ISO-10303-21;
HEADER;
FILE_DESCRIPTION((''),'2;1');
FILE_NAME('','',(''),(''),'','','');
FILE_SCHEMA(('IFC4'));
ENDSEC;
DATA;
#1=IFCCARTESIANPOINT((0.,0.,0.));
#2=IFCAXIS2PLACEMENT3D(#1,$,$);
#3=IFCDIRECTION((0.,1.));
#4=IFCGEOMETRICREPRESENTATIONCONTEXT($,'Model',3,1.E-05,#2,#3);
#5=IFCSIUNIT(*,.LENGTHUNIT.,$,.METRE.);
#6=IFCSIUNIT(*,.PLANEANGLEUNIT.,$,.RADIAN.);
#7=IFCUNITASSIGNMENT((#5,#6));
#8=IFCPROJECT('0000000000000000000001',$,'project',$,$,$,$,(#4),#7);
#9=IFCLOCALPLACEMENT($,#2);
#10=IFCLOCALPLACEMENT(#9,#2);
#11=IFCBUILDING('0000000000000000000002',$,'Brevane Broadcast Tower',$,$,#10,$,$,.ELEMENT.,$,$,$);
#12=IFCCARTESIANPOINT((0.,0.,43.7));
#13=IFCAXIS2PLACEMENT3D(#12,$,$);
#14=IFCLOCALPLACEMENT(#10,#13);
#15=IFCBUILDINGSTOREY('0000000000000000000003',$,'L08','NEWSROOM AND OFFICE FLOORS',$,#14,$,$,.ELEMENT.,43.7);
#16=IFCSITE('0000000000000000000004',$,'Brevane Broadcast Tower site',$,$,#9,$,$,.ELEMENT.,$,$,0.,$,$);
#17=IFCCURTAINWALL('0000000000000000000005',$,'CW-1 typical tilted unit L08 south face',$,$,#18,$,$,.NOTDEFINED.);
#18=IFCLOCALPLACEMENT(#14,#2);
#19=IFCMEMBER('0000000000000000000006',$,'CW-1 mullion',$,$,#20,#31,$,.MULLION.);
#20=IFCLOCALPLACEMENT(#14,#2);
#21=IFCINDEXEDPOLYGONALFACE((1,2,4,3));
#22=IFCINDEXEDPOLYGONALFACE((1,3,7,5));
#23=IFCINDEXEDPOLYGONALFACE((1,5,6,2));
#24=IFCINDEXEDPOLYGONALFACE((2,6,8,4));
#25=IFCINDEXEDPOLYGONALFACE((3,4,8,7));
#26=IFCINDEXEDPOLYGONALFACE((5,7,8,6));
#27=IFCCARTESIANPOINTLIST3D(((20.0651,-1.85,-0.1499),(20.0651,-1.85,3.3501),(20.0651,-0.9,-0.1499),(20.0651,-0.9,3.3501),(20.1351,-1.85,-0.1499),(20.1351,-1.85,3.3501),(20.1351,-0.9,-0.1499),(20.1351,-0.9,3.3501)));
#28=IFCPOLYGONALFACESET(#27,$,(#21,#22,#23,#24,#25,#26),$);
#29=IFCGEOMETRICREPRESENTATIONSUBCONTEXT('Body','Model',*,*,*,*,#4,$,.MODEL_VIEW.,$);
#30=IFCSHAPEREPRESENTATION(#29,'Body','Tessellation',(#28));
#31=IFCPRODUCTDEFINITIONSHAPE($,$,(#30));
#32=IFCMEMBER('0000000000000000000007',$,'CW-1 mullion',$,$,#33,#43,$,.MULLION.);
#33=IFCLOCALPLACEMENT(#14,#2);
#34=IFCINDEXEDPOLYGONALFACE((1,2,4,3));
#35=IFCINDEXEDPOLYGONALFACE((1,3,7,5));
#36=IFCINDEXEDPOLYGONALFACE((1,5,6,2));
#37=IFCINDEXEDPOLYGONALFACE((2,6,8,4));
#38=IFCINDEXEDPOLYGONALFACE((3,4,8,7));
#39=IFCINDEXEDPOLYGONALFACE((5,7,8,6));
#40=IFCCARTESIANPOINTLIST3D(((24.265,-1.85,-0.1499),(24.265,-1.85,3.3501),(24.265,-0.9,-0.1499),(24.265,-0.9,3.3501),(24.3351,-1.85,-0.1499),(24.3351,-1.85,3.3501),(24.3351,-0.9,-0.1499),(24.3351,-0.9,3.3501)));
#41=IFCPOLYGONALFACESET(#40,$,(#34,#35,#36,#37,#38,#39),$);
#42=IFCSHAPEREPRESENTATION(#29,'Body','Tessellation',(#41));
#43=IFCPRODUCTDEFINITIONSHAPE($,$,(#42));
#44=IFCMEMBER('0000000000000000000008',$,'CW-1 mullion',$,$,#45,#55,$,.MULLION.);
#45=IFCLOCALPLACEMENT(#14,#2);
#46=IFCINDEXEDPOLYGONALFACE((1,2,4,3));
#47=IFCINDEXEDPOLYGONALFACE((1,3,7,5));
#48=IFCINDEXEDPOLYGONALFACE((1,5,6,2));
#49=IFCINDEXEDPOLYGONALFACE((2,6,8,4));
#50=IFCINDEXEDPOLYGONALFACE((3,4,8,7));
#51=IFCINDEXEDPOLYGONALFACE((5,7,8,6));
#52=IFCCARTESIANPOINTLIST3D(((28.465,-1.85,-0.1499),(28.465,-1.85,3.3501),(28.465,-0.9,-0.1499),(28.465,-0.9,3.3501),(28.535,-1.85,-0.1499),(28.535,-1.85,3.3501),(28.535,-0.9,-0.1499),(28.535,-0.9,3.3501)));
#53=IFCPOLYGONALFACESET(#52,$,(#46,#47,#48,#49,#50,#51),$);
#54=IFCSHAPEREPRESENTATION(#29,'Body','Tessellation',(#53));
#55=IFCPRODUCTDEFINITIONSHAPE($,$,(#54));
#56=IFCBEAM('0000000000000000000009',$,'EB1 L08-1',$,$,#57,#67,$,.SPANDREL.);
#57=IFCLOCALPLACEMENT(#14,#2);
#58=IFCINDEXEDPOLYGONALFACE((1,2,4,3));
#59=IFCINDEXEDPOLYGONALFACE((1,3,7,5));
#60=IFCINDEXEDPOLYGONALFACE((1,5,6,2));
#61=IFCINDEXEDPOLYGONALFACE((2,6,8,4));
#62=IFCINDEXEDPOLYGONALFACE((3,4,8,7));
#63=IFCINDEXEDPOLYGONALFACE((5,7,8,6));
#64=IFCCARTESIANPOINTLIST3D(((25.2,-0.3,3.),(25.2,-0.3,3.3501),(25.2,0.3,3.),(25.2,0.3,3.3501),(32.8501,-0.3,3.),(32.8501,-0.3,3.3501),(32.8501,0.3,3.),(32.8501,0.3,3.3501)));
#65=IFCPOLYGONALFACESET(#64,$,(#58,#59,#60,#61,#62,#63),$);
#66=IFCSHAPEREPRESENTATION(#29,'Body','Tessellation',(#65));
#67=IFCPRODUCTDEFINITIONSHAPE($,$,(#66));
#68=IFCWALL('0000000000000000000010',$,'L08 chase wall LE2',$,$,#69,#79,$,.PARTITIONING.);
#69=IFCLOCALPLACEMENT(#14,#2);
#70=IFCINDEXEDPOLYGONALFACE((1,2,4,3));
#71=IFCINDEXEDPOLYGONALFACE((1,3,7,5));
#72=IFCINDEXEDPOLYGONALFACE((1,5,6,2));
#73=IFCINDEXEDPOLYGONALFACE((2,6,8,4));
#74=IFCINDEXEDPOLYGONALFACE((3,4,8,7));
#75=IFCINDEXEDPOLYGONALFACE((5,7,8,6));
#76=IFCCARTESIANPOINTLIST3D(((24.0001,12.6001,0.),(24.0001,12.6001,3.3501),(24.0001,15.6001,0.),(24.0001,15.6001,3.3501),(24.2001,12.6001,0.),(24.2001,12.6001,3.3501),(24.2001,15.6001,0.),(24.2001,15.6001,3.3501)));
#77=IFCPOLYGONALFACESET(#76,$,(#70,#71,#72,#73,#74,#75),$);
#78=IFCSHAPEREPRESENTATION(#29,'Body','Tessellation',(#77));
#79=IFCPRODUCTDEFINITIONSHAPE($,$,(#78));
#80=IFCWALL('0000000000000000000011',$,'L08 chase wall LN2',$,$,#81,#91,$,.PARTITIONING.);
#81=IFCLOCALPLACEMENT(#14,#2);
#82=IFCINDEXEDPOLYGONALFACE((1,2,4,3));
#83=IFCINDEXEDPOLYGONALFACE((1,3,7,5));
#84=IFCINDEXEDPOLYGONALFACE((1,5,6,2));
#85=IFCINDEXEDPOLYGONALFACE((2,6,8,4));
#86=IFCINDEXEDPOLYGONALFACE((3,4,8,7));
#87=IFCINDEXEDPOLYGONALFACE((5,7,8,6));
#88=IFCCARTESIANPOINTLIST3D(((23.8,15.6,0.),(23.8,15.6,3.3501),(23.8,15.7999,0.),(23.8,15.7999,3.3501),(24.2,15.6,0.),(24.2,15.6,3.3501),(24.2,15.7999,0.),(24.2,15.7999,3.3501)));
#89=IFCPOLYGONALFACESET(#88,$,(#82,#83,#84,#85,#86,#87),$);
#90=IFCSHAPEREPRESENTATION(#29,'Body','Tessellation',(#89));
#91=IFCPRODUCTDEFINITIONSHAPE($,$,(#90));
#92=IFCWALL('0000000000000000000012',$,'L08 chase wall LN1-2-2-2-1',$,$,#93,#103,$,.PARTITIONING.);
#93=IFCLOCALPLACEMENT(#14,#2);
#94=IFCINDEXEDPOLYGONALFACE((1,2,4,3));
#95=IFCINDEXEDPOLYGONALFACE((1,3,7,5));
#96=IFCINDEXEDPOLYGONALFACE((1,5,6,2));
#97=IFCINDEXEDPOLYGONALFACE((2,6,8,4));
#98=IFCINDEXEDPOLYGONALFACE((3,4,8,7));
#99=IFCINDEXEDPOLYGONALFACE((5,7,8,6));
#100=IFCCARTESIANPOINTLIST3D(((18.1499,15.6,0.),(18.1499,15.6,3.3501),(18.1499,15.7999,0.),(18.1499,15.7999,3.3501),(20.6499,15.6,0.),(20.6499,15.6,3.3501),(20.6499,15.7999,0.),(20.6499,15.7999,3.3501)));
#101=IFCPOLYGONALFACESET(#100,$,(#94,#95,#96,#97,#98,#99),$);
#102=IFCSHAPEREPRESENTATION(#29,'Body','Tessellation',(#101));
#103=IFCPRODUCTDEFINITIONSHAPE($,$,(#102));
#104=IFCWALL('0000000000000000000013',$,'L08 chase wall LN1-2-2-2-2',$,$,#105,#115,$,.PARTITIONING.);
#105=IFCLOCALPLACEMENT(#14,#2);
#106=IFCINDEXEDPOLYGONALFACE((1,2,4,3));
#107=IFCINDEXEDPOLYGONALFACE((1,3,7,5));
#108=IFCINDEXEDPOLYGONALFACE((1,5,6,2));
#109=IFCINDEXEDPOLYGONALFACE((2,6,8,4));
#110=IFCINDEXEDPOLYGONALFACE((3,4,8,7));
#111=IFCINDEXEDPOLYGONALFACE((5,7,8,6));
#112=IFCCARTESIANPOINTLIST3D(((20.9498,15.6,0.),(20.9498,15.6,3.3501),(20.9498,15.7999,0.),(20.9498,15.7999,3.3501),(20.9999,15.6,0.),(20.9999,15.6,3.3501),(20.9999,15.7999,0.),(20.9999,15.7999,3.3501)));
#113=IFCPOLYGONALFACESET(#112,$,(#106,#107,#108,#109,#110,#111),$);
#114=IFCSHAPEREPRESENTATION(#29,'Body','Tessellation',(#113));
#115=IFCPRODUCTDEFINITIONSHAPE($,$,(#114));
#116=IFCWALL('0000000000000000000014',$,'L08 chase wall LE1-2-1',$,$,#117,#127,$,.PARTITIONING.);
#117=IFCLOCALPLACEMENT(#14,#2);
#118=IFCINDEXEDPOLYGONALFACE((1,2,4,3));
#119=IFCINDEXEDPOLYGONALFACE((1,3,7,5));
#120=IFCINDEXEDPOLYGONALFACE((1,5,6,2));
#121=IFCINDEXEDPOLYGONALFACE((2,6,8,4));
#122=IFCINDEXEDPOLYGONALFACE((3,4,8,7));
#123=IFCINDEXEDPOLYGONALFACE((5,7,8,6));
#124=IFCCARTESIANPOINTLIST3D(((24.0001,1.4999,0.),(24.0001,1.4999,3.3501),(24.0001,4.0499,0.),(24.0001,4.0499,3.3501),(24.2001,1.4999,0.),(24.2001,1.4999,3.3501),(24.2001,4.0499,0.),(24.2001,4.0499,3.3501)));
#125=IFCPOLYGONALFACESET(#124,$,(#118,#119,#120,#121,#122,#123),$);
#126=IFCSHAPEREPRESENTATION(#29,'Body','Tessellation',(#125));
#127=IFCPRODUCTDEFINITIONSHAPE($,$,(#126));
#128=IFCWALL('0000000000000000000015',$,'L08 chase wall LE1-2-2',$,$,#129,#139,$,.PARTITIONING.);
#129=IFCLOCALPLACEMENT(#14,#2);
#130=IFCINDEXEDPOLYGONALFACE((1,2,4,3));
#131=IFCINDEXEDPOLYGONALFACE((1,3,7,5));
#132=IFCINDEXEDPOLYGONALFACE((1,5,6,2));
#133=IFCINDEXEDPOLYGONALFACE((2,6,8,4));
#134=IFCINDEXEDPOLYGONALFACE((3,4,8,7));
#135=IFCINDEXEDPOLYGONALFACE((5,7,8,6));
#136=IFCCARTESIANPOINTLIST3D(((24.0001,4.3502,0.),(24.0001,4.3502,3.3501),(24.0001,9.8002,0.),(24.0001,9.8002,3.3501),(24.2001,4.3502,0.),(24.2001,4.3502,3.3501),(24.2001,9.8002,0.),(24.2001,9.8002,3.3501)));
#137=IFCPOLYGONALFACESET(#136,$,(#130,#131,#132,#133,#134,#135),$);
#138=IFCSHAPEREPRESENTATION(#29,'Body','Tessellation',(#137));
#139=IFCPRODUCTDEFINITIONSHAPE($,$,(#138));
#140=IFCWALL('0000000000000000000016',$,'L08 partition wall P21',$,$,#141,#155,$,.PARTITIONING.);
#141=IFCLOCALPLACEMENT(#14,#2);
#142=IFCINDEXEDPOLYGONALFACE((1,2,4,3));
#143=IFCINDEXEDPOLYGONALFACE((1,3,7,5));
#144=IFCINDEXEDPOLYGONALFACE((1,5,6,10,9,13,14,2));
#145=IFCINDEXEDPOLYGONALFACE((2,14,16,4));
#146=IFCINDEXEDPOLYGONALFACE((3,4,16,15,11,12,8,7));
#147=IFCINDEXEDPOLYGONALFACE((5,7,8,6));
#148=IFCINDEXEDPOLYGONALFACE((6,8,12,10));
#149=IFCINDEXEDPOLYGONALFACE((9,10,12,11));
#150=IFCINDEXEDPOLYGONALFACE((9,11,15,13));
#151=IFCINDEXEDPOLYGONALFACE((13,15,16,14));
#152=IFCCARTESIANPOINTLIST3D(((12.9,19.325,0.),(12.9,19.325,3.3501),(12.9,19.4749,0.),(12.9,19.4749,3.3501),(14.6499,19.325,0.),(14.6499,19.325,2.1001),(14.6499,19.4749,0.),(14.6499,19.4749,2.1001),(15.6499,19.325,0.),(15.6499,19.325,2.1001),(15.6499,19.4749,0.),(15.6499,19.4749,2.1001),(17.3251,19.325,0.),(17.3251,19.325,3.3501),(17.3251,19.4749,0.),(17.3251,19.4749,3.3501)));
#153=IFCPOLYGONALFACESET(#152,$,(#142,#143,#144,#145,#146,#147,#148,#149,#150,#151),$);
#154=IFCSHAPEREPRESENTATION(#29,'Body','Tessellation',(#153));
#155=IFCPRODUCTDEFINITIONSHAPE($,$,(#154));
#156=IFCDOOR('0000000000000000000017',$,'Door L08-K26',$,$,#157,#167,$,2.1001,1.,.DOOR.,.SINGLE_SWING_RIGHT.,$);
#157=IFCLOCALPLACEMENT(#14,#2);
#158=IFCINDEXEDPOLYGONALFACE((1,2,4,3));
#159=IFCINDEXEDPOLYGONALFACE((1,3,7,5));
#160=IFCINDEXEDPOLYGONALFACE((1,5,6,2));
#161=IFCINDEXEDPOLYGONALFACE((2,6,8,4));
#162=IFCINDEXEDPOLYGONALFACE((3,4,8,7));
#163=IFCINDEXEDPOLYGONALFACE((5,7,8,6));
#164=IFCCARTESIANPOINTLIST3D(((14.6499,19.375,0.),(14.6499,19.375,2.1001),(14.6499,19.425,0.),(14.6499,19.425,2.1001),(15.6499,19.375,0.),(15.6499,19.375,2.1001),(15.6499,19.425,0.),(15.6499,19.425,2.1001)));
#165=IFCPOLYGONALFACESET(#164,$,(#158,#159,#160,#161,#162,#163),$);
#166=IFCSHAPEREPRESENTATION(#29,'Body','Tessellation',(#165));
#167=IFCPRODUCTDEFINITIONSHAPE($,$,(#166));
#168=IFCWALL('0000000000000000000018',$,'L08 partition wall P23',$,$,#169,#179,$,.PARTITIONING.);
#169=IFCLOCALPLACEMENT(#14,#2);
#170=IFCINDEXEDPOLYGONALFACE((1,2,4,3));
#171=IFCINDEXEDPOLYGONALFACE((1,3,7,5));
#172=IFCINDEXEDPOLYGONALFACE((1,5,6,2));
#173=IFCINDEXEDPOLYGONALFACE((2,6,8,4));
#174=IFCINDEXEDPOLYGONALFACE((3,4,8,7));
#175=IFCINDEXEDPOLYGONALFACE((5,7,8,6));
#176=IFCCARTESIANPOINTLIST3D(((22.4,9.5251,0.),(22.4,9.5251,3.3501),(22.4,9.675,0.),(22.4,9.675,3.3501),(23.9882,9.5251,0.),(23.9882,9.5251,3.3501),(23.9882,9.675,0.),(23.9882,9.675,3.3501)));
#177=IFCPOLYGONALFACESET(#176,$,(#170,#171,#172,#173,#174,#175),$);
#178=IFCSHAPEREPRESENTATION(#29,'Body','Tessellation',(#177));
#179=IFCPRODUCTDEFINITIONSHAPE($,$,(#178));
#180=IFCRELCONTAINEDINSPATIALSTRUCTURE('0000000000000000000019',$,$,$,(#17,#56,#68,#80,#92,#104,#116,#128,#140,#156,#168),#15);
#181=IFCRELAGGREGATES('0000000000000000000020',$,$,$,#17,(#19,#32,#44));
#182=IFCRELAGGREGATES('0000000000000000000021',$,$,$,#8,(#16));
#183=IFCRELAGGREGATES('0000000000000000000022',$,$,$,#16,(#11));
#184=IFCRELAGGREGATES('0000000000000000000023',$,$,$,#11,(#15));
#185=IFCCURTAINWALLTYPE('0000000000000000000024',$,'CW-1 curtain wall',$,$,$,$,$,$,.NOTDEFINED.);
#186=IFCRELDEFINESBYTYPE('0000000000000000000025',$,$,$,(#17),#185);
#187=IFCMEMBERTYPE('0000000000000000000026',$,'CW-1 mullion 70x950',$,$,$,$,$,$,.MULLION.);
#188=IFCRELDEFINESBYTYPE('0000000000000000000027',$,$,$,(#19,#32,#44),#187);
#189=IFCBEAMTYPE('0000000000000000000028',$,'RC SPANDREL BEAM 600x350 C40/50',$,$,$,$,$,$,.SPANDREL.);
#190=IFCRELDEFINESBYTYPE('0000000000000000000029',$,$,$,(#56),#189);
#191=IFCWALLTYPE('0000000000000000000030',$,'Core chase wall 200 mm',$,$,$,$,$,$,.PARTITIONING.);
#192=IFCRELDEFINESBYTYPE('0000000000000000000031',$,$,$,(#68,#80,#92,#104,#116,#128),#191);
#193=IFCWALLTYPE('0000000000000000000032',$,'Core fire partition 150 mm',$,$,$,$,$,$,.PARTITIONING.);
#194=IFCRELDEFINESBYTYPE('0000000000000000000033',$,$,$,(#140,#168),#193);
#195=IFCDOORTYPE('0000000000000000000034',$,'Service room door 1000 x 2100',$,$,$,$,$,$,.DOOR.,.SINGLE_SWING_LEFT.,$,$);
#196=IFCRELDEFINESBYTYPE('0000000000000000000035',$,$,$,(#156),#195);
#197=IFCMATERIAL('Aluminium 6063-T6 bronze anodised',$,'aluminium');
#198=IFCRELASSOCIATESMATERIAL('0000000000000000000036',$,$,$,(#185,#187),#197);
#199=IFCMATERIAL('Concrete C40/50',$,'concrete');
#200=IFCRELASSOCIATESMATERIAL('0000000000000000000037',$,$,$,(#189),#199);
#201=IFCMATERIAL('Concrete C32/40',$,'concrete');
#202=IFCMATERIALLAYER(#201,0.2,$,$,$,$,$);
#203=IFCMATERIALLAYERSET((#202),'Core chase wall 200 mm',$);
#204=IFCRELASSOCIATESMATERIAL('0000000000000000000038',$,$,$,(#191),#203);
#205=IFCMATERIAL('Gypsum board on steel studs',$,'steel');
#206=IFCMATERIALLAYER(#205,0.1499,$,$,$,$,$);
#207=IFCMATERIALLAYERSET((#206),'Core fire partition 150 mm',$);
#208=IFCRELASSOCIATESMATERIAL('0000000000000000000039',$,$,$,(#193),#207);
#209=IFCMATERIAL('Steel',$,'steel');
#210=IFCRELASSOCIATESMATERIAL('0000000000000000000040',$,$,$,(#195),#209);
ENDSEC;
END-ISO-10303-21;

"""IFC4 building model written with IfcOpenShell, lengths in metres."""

from ifc_helpers import new_model, si_unit, direction, frame, frame_2d, origin, origin_2d, place, context, subcontext, project, spatial, rectangle, extrude, material, layer, layer_set, material_profile, profile_set, type_object, element, fill, aggregate, save


model = new_model("IFC4")

# Units and contexts
model_context = context("Model", 3, precision=1e-05, world=origin(), true_north=direction((0.0, 1.0)))
body_context = subcontext(model_context, "Body", "Model", "MODEL_VIEW")
ifc_project = project(units=[si_unit("LENGTHUNIT", "METRE"), si_unit("PLANEANGLEUNIT", "RADIAN")], contexts=[model_context])

# Site, building, storey
site_placement = place(None, origin())
site = spatial("IfcSite", under=ifc_project, at=site_placement, Name="Brevane Broadcast Tower site", CompositionType="ELEMENT", RefElevation=0.0)
building_placement = place(site_placement, origin())
building = spatial("IfcBuilding", under=site, at=building_placement, Name="Brevane Broadcast Tower", CompositionType="ELEMENT")
storey_placement = place(building_placement, frame((0.0, 0.0, 43.7)))
storey = spatial("IfcBuildingStorey", under=building, at=storey_placement, Name="L08", Description="NEWSROOM AND OFFICE FLOORS", CompositionType="ELEMENT", Elevation=43.7)

# Curtain wall, members
ifc_material_1 = material(Name="Aluminium 6063-T6 bronze anodised", Category="aluminium")
curtain_wall_type = type_object("IfcCurtainWallType", Name="CW-1 curtain wall", PredefinedType="NOTDEFINED", material=ifc_material_1)
curtain_wall_placement = place(storey_placement, origin())
curtain_wall = element("IfcCurtainWall", 1, at=curtain_wall_placement, inside=storey, type_object=curtain_wall_type, Name="CW-1 typical tilted unit L08 south face", PredefinedType="NOTDEFINED")
ifc_material_profile_1 = material_profile(ifc_material_1, rectangle(XDim=0.95, YDim=0.0701, at=origin_2d()), Name="RECT 70x950")
ifc_profile_set_1 = profile_set([ifc_material_profile_1], Name="Aluminium 6063-T6 bronze anodised")
member_type = type_object("IfcMemberType", Name="CW-1 mullion 70x950", PredefinedType="MULLION", material=ifc_profile_set_1)
member_1_placement = place(storey_placement, frame((20.1001, -1.375, -0.1499), z_axis=(0.0, 0.0, 1.0), x_axis=(0.0, 1.0, 0.0)))
member_1 = element("IfcMember", 2, at=member_1_placement, type_object=member_type, Name="CW-1 mullion", PredefinedType="MULLION", context=body_context, shape_type="SweptSolid", body=[
    extrude(rectangle(XDim=0.95, YDim=0.0701, at=origin_2d()), origin(), (0.0, 0.0, 1.0), 3.5),
])
member_2_placement = place(storey_placement, frame((24.3, -1.375, -0.1499), z_axis=(0.0, 0.0, 1.0), x_axis=(0.0, 1.0, 0.0)))
member_2 = element("IfcMember", 3, at=member_2_placement, type_object=member_type, Name="CW-1 mullion", PredefinedType="MULLION", context=body_context, shape_type="SweptSolid", body=[
    extrude(rectangle(XDim=0.95, YDim=0.0701, at=origin_2d()), origin(), (0.0, 0.0, 1.0), 3.5),
])
member_3_placement = place(storey_placement, frame((28.5, -1.375, -0.1499), z_axis=(0.0, 0.0, 1.0), x_axis=(0.0, 1.0, 0.0)))
member_3 = element("IfcMember", 4, at=member_3_placement, type_object=member_type, Name="CW-1 mullion", PredefinedType="MULLION", context=body_context, shape_type="SweptSolid", body=[
    extrude(rectangle(XDim=0.95, YDim=0.0701, at=origin_2d()), origin(), (0.0, 0.0, 1.0), 3.5),
])
aggregate(curtain_wall, [member_1, member_2, member_3])

# Beam
ifc_material_2 = material(Name="Concrete C40/50", Category="concrete")
ifc_material_profile_2 = material_profile(ifc_material_2, rectangle(XDim=0.6001, YDim=0.3501, at=origin_2d()), Name="RC 600x350")
ifc_profile_set_2 = profile_set([ifc_material_profile_2], Name="Concrete C40/50")
beam_type = type_object("IfcBeamType", Name="RC SPANDREL BEAM 600x350 C40/50", PredefinedType="SPANDREL", material=ifc_profile_set_2)
beam_placement = place(storey_placement, frame((25.2, 0.0, 3.175), z_axis=(1.0, 0.0, 0.0), x_axis=(0.0, 1.0, 0.0)))
element("IfcBeam", 5, at=beam_placement, inside=storey, type_object=beam_type, Name="EB1 L08-1", PredefinedType="SPANDREL", context=body_context, shape_type="SweptSolid", body=[
    extrude(rectangle(XDim=0.6001, YDim=0.3501, at=origin_2d()), origin(), (0.0, 0.0, 1.0), 7.6501),
])

# Walls
ifc_material_3 = material(Name="Concrete C32/40", Category="concrete")
ifc_layer_1 = layer(ifc_material_3, 0.2)
ifc_layer_set_1 = layer_set([ifc_layer_1], Name="Core chase wall 200 mm")
wall_type_1 = type_object("IfcWallType", Name="Core chase wall 200 mm", PredefinedType="PARTITIONING", material=ifc_layer_set_1)
wall_1_placement = place(storey_placement, frame((24.1001, 12.6001, 0.0), z_axis=(0.0, 0.0, 1.0), x_axis=(0.0, 1.0, 0.0)))
element("IfcWall", 6, at=wall_1_placement, inside=storey, type_object=wall_type_1, Name="L08 chase wall LE2", PredefinedType="PARTITIONING", context=body_context, shape_type="SweptSolid", body=[
    extrude(rectangle(XDim=3.0, YDim=0.2, at=frame_2d((1.5, 0.0))), origin(), (0.0, 0.0, 1.0), 3.3501),
])
wall_2_placement = place(storey_placement, frame((23.8, 15.7, 0.0), z_axis=(0.0, 0.0, 1.0), x_axis=(1.0, 0.0, 0.0)))
element("IfcWall", 7, at=wall_2_placement, inside=storey, type_object=wall_type_1, Name="L08 chase wall LN2", PredefinedType="PARTITIONING", context=body_context, shape_type="SweptSolid", body=[
    extrude(rectangle(XDim=0.3999, YDim=0.2, at=frame_2d((0.2, 0.0))), origin(), (0.0, 0.0, 1.0), 3.3501),
])
wall_3_placement = place(storey_placement, frame((18.1499, 15.7, 0.0), z_axis=(0.0, 0.0, 1.0), x_axis=(1.0, 0.0, 0.0)))
element("IfcWall", 8, at=wall_3_placement, inside=storey, type_object=wall_type_1, Name="L08 chase wall LN1-2-2-2-1", PredefinedType="PARTITIONING", context=body_context, shape_type="SweptSolid", body=[
    extrude(rectangle(XDim=2.5, YDim=0.2, at=frame_2d((1.25, 0.0))), origin(), (0.0, 0.0, 1.0), 3.3501),
])
wall_4_placement = place(storey_placement, frame((20.95, 15.7, 0.0), z_axis=(0.0, 0.0, 1.0), x_axis=(1.0, 0.0, 0.0)))
element("IfcWall", 9, at=wall_4_placement, inside=storey, type_object=wall_type_1, Name="L08 chase wall LN1-2-2-2-2", PredefinedType="PARTITIONING", context=body_context, shape_type="SweptSolid", body=[
    extrude(rectangle(XDim=0.05, YDim=0.2, at=frame_2d((0.0249, 0.0))), origin(), (0.0, 0.0, 1.0), 3.3501),
])
wall_5_placement = place(storey_placement, frame((24.1001, 1.5, 0.0), z_axis=(0.0, 0.0, 1.0), x_axis=(0.0, 1.0, 0.0)))
element("IfcWall", 10, at=wall_5_placement, inside=storey, type_object=wall_type_1, Name="L08 chase wall LE1-2-1", PredefinedType="PARTITIONING", context=body_context, shape_type="SweptSolid", body=[
    extrude(rectangle(XDim=2.55, YDim=0.2, at=frame_2d((1.2749, 0.0))), origin(), (0.0, 0.0, 1.0), 3.3501),
])
wall_6_placement = place(storey_placement, frame((24.1001, 4.3501, 0.0), z_axis=(0.0, 0.0, 1.0), x_axis=(0.0, 1.0, 0.0)))
element("IfcWall", 11, at=wall_6_placement, inside=storey, type_object=wall_type_1, Name="L08 chase wall LE1-2-2", PredefinedType="PARTITIONING", context=body_context, shape_type="SweptSolid", body=[
    extrude(rectangle(XDim=5.45, YDim=0.2, at=frame_2d((2.7251, 0.0))), origin(), (0.0, 0.0, 1.0), 3.3501),
])

# Wall, opening, door
ifc_material_4 = material(Name="Gypsum board on steel studs", Category="steel")
ifc_layer_2 = layer(ifc_material_4, 0.1499)
ifc_layer_set_2 = layer_set([ifc_layer_2], Name="Core fire partition 150 mm")
wall_type_2 = type_object("IfcWallType", Name="Core fire partition 150 mm", PredefinedType="PARTITIONING", material=ifc_layer_set_2)
wall_7_placement = place(storey_placement, frame((17.325, 19.3999, 0.0), z_axis=(0.0, 0.0, 1.0), x_axis=(-1.0, 0.0, 0.0)))
wall_7 = element("IfcWall", 12, at=wall_7_placement, inside=storey, type_object=wall_type_2, Name="L08 partition wall P21", PredefinedType="PARTITIONING", context=body_context, shape_type="SweptSolid", body=[
    extrude(rectangle(XDim=4.425, YDim=0.1499, at=frame_2d((2.2124, 0.0))), origin(), (0.0, 0.0, 1.0), 3.3501),
])
opening_1_placement = place(wall_7_placement, frame((1.675, 0.0, 0.0)))
opening_1 = element("IfcOpeningElement", 13, at=opening_1_placement, cuts=wall_7, PredefinedType="OPENING", context=body_context, shape_type="SweptSolid", body=[
    extrude(rectangle(XDim=1.0, YDim=2.1001, at=frame_2d((0.5, 1.05))), frame((0.0, 0.085, 0.0), z_axis=(0.0, -1.0, 0.0), x_axis=(1.0, 0.0, 0.0)), (0.0, 0.0, 1.0), 0.1699),
])
ifc_material_5 = material(Name="Steel", Category="steel")
door_type_1 = type_object("IfcDoorType", Name="Service room door 1000 x 2100", OperationType="SINGLE_SWING_LEFT", PredefinedType="DOOR", material=ifc_material_5)
door_1_placement = place(opening_1_placement, origin())
door_1 = element("IfcDoor", 14, at=door_1_placement, inside=storey, type_object=door_type_1, Name="Door L08-K26", OperationType="SINGLE_SWING_RIGHT", OverallHeight=2.1001, OverallWidth=1.0, PredefinedType="DOOR", context=body_context, shape_type="SweptSolid", body=[
    extrude(rectangle(XDim=1.0, YDim=2.1001, at=frame_2d((0.5, 1.05))), frame((0.0, 0.0249, 0.0), z_axis=(0.0, -1.0, 0.0), x_axis=(1.0, 0.0, 0.0)), (0.0, 0.0, 1.0), 0.05),
])
fill(opening_1, door_1)

# Wall
wall_8_placement = place(storey_placement, frame((23.988, 9.6001, 0.0), z_axis=(0.0, 0.0, 1.0), x_axis=(-1.0, 0.0, 0.0)))
element("IfcWall", 15, at=wall_8_placement, inside=storey, type_object=wall_type_2, Name="L08 partition wall P23", PredefinedType="PARTITIONING", context=body_context, shape_type="SweptSolid", body=[
    extrude(rectangle(XDim=1.5881, YDim=0.1499, at=frame_2d((0.7939, 0.0))), origin(), (0.0, 0.0, 1.0), 3.3501),
])

save(model, "model.ifc")
